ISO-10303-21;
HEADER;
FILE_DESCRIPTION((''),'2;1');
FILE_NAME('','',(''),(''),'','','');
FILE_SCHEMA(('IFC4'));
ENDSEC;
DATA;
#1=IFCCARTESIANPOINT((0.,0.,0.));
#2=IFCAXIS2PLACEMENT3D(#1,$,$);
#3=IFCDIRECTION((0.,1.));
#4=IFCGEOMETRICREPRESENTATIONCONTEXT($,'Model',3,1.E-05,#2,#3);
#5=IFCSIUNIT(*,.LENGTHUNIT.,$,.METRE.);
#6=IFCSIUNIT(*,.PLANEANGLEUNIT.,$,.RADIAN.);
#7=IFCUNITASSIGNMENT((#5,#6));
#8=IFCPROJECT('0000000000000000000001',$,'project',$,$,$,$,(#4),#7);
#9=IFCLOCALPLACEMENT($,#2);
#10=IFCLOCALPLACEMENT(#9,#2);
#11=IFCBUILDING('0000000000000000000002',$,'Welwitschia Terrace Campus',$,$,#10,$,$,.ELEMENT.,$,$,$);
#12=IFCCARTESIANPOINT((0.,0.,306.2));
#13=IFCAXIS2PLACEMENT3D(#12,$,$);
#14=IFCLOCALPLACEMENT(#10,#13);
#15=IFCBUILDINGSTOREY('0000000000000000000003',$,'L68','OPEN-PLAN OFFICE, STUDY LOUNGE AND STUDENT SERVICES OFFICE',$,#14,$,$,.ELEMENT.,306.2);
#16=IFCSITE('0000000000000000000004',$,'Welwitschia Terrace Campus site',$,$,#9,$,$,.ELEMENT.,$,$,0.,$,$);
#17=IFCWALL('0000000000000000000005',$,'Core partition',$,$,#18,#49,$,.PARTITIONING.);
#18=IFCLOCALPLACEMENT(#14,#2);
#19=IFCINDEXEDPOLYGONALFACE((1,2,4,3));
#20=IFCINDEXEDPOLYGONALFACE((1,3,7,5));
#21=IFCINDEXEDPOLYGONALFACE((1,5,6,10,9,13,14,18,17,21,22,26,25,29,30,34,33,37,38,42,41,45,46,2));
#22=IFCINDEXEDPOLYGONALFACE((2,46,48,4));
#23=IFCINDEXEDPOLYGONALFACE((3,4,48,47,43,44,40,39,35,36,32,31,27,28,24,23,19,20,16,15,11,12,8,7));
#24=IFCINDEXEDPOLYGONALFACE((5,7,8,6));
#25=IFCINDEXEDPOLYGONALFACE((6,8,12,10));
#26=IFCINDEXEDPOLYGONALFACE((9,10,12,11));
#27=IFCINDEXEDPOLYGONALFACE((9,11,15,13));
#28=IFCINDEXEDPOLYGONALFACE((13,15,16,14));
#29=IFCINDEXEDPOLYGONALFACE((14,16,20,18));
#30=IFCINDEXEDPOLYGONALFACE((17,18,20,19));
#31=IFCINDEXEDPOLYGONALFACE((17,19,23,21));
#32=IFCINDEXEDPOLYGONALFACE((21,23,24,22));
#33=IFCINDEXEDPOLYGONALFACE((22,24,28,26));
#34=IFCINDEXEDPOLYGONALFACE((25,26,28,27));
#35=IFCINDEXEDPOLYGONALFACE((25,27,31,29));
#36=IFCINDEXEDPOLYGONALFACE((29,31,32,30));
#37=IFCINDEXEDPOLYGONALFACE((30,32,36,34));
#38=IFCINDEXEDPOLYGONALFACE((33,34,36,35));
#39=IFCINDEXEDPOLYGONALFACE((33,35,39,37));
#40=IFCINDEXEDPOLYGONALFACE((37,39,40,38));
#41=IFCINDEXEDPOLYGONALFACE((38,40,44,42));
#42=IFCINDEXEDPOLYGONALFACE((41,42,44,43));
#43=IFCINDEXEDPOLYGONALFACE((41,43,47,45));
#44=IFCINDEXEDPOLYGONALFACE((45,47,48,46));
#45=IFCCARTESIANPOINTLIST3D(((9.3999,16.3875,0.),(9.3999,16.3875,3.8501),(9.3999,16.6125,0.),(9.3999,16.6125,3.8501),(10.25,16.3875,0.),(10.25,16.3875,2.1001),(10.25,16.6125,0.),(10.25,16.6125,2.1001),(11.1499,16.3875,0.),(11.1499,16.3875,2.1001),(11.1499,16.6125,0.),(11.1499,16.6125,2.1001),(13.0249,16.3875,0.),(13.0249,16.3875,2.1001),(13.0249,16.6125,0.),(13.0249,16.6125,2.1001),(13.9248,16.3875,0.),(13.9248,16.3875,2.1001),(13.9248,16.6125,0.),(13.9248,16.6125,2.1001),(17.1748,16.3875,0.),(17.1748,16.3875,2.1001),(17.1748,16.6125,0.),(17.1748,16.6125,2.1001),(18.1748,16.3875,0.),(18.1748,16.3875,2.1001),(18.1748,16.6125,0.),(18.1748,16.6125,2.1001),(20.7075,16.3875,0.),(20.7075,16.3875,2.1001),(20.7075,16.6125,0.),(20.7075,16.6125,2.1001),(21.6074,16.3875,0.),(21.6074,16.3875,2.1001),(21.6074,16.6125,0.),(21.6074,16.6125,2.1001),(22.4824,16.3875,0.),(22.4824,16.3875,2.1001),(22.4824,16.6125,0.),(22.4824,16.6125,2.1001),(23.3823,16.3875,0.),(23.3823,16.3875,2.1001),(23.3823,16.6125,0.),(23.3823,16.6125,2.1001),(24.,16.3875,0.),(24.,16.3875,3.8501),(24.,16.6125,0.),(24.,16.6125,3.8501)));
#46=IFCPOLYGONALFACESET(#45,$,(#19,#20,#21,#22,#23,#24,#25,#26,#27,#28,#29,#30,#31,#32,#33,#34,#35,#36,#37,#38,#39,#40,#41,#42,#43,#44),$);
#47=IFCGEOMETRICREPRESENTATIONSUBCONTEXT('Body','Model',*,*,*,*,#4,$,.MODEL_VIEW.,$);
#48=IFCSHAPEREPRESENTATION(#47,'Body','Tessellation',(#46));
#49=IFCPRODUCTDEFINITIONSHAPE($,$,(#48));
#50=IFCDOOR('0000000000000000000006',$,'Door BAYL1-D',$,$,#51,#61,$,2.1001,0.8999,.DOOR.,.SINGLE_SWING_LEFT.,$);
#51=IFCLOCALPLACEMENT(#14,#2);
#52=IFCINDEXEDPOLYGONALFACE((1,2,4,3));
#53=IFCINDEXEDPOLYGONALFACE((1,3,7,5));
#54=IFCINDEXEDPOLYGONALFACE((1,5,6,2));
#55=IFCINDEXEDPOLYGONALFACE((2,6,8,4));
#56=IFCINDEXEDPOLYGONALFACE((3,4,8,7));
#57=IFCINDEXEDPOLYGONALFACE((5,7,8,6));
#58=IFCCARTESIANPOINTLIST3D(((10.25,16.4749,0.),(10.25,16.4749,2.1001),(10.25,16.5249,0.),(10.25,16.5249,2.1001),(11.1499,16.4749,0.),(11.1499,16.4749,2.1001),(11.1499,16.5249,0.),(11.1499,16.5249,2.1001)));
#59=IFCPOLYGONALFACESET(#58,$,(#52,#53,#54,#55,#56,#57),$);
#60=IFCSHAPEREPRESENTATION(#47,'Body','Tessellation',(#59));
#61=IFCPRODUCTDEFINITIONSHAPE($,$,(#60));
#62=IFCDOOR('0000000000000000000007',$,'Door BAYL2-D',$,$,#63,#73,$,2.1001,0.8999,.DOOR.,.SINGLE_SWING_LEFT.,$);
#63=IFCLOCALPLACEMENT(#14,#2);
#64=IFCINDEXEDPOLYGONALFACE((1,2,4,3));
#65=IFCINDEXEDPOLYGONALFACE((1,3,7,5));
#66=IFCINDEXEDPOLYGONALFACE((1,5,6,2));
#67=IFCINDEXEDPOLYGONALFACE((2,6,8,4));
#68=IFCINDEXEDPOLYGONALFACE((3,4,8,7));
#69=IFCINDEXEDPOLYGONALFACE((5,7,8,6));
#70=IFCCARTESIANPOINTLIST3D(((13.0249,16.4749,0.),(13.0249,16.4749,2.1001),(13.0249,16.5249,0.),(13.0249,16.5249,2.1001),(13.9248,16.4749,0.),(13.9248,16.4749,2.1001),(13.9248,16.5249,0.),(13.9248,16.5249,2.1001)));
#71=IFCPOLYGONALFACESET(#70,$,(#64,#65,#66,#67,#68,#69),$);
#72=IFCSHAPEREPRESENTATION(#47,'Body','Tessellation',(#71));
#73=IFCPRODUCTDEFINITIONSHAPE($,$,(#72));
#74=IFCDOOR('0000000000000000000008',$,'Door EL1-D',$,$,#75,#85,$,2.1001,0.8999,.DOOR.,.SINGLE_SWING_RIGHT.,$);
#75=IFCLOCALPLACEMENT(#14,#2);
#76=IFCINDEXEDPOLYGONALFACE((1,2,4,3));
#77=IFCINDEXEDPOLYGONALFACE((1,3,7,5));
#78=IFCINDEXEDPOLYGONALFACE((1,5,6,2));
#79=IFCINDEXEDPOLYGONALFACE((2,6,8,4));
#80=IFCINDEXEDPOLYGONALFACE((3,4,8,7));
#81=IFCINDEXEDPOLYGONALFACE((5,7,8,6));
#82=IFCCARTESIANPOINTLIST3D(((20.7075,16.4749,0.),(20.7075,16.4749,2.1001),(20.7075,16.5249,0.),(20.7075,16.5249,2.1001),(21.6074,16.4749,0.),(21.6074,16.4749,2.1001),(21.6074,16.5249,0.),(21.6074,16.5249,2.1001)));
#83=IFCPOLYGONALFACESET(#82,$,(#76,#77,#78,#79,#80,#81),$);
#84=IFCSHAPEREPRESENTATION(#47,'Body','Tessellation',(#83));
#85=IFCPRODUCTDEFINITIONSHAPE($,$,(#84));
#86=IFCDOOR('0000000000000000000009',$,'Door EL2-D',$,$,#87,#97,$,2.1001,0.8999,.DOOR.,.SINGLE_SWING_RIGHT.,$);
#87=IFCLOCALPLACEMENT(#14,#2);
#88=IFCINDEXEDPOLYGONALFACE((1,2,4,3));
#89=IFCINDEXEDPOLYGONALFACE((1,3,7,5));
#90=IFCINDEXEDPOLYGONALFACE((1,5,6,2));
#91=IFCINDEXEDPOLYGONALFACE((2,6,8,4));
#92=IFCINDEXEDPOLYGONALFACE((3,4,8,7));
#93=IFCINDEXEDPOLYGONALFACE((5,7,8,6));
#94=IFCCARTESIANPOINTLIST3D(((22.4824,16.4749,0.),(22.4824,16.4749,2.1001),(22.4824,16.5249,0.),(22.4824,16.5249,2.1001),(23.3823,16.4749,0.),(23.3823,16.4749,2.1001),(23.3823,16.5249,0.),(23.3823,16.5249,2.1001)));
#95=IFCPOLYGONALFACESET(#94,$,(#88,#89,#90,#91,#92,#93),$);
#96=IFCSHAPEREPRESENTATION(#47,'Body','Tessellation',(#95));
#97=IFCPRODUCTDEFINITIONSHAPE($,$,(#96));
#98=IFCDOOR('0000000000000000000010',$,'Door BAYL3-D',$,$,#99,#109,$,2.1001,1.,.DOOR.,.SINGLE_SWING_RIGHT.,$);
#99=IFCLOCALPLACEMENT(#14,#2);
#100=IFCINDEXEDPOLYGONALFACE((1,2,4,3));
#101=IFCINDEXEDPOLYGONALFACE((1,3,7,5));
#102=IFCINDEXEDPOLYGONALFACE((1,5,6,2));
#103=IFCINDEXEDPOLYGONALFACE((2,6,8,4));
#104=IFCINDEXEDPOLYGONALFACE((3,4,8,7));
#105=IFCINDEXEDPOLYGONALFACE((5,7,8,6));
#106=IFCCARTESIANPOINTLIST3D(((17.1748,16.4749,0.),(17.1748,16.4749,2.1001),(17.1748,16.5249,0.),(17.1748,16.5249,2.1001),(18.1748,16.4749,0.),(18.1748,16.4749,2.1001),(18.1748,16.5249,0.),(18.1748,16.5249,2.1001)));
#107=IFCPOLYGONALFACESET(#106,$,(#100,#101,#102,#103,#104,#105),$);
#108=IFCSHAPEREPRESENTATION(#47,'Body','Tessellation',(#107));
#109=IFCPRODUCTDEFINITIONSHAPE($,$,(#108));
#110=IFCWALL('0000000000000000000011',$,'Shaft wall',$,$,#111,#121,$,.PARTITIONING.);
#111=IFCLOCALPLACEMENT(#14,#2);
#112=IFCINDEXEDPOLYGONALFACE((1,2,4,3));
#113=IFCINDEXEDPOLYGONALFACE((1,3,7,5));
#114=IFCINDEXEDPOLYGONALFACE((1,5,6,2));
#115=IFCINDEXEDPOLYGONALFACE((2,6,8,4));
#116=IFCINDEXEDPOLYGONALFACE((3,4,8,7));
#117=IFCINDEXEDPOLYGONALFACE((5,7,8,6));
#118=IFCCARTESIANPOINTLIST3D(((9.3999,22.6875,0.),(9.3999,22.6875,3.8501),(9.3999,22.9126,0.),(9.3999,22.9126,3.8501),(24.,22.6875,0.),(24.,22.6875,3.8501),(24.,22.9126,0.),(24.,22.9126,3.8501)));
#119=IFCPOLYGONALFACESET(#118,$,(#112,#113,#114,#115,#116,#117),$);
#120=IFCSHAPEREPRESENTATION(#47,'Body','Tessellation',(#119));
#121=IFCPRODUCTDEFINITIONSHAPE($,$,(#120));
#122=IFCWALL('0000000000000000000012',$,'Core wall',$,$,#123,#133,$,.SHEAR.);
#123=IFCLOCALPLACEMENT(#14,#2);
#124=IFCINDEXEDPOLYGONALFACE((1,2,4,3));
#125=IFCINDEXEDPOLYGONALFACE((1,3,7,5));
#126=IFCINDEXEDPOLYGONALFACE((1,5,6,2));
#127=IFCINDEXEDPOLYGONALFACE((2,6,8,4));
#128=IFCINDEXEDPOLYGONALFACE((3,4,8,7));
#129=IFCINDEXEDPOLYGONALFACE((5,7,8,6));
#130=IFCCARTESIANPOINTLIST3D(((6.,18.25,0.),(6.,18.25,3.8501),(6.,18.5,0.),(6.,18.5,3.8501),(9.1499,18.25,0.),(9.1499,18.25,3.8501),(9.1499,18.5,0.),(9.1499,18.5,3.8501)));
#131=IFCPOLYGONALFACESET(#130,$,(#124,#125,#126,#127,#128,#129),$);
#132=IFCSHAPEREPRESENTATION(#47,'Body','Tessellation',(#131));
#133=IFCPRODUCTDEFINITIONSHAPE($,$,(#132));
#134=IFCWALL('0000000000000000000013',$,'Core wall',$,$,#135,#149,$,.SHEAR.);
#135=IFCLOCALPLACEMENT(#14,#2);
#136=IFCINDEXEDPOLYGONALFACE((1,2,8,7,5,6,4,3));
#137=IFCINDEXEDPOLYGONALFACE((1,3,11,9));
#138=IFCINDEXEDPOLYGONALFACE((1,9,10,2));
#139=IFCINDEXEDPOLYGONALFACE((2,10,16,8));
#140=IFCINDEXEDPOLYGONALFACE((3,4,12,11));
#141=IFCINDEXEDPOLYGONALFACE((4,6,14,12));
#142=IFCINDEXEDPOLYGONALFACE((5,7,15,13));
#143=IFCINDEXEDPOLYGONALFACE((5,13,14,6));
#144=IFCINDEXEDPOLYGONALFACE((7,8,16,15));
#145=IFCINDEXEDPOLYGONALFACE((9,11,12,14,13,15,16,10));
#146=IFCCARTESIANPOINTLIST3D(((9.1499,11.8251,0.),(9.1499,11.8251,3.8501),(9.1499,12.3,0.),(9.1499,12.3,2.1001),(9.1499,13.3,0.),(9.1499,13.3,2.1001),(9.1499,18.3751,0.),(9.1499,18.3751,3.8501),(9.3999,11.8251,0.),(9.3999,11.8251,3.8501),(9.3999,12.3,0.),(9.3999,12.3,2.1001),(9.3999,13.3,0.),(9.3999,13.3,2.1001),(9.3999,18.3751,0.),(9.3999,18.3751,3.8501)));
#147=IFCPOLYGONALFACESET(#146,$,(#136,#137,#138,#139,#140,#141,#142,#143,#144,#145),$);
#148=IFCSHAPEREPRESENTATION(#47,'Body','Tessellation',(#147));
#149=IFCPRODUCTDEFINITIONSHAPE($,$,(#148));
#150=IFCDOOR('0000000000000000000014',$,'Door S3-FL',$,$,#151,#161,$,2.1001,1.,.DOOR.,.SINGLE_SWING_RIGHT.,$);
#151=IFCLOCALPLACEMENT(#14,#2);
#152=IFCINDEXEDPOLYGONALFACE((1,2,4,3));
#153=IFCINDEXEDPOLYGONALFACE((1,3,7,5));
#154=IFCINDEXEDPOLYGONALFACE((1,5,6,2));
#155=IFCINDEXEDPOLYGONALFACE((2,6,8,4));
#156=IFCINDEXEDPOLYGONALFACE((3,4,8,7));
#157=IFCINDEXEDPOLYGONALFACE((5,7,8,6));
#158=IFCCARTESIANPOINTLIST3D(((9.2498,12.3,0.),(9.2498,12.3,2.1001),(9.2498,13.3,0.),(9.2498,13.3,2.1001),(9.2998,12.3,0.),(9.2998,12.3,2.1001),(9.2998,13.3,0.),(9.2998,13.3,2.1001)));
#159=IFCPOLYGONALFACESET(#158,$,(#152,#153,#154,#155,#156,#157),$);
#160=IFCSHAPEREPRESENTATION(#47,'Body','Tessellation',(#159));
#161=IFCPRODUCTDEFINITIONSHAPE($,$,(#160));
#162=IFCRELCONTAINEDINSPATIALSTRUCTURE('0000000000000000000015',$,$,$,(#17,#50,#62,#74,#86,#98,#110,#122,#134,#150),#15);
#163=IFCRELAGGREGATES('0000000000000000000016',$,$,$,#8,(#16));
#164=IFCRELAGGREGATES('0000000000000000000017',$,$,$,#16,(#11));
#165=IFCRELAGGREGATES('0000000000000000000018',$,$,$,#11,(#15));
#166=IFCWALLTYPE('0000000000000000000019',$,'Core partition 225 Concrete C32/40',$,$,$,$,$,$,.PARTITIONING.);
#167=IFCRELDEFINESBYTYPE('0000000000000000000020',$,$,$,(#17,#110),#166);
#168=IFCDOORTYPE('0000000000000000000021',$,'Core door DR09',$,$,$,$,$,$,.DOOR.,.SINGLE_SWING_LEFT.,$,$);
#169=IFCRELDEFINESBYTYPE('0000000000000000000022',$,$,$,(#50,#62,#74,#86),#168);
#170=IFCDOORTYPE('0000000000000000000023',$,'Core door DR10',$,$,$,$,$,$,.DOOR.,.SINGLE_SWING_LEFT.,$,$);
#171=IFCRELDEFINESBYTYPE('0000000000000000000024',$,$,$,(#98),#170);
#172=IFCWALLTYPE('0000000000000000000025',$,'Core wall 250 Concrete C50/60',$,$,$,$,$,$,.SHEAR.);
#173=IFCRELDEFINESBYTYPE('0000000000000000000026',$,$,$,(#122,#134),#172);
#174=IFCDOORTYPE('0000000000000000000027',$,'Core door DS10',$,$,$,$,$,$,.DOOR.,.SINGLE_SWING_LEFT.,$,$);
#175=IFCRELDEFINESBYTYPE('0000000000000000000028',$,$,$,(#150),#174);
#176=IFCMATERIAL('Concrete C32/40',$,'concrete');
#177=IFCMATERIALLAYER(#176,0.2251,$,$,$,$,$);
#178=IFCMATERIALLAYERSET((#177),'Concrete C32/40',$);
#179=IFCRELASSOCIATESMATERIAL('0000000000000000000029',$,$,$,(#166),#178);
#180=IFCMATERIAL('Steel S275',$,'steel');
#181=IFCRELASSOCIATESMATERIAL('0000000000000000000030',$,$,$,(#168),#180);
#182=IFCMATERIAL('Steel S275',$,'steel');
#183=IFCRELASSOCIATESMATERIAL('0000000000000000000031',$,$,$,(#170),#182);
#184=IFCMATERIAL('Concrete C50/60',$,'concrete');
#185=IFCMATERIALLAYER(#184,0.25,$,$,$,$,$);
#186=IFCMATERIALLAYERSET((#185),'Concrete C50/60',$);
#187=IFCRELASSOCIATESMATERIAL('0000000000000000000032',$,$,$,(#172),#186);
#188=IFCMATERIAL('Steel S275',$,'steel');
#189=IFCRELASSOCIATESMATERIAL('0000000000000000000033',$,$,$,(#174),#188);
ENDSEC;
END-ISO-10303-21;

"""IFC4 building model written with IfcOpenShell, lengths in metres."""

from ifc_helpers import new_model, si_unit, direction, frame, frame_2d, origin, place, context, subcontext, project, spatial, rectangle, extrude, material, layer, layer_set, type_object, element, fill, save


model = new_model("IFC4")

# Units and contexts
model_context = context("Model", 3, precision=1e-05, world=origin(), true_north=direction((0.0, 1.0)))
body_context = subcontext(model_context, "Body", "Model", "MODEL_VIEW")
ifc_project = project(units=[si_unit("LENGTHUNIT", "METRE"), si_unit("PLANEANGLEUNIT", "RADIAN")], contexts=[model_context])

# Site, building, storey
site_placement = place(None, origin())
site = spatial("IfcSite", under=ifc_project, at=site_placement, Name="Welwitschia Terrace Campus site", CompositionType="ELEMENT", RefElevation=0.0)
building_placement = place(site_placement, origin())
building = spatial("IfcBuilding", under=site, at=building_placement, Name="Welwitschia Terrace Campus", CompositionType="ELEMENT")
storey_placement = place(building_placement, frame((0.0, 0.0, 306.2)))
storey = spatial("IfcBuildingStorey", under=building, at=storey_placement, Name="L68", Description="OPEN-PLAN OFFICE, STUDY LOUNGE AND STUDENT SERVICES OFFICE", CompositionType="ELEMENT", Elevation=306.2)

# Wall, openings, doors
ifc_material_1 = material(Name="Concrete C32/40", Category="concrete")
ifc_layer_1 = layer(ifc_material_1, 0.2251)
ifc_layer_set_1 = layer_set([ifc_layer_1], Name="Concrete C32/40")
wall_type_1 = type_object("IfcWallType", Name="Core partition 225 Concrete C32/40", PredefinedType="PARTITIONING", material=ifc_layer_set_1)
wall_1_placement = place(storey_placement, frame((9.3999, 16.5, 0.0), z_axis=(0.0, 0.0, 1.0), x_axis=(1.0, 0.0, 0.0)))
wall_1 = element("IfcWall", 1, at=wall_1_placement, inside=storey, type_object=wall_type_1, Name="Core partition", PredefinedType="PARTITIONING", context=body_context, shape_type="SweptSolid", body=[
    extrude(rectangle(XDim=14.6001, YDim=0.2251, at=frame_2d((7.3, 0.0))), origin(), (0.0, 0.0, 1.0), 3.8501),
])
opening_1_placement = place(wall_1_placement, frame((0.8501, 0.0, 0.0)))
opening_1 = element("IfcOpeningElement", 2, at=opening_1_placement, cuts=wall_1, PredefinedType="OPENING", context=body_context, shape_type="SweptSolid", body=[
    extrude(rectangle(XDim=0.8999, YDim=2.1001, at=frame_2d((0.45, 1.05))), frame((0.0, 0.1226, 0.0), z_axis=(0.0, -1.0, 0.0), x_axis=(1.0, 0.0, 0.0)), (0.0, 0.0, 1.0), 0.2451),
])
opening_2_placement = place(wall_1_placement, frame((3.625, 0.0, 0.0)))
opening_2 = element("IfcOpeningElement", 3, at=opening_2_placement, cuts=wall_1, PredefinedType="OPENING", context=body_context, shape_type="SweptSolid", body=[
    extrude(rectangle(XDim=0.8999, YDim=2.1001, at=frame_2d((0.45, 1.05))), frame((0.0, 0.1226, 0.0), z_axis=(0.0, -1.0, 0.0), x_axis=(1.0, 0.0, 0.0)), (0.0, 0.0, 1.0), 0.2451),
])
opening_3_placement = place(wall_1_placement, frame((7.7749, 0.0, 0.0)))
opening_3 = element("IfcOpeningElement", 4, at=opening_3_placement, cuts=wall_1, PredefinedType="OPENING", context=body_context, shape_type="SweptSolid", body=[
    extrude(rectangle(XDim=1.0, YDim=2.1001, at=frame_2d((0.5, 1.05))), frame((0.0, 0.1226, 0.0), z_axis=(0.0, -1.0, 0.0), x_axis=(1.0, 0.0, 0.0)), (0.0, 0.0, 1.0), 0.2451),
])
opening_4_placement = place(wall_1_placement, frame((11.3076, 0.0, 0.0)))
opening_4 = element("IfcOpeningElement", 5, at=opening_4_placement, cuts=wall_1, PredefinedType="OPENING", context=body_context, shape_type="SweptSolid", body=[
    extrude(rectangle(XDim=0.8999, YDim=2.1001, at=frame_2d((0.45, 1.05))), frame((0.0, 0.1226, 0.0), z_axis=(0.0, -1.0, 0.0), x_axis=(1.0, 0.0, 0.0)), (0.0, 0.0, 1.0), 0.2451),
])
opening_5_placement = place(wall_1_placement, frame((13.0825, 0.0, 0.0)))
opening_5 = element("IfcOpeningElement", 6, at=opening_5_placement, cuts=wall_1, PredefinedType="OPENING", context=body_context, shape_type="SweptSolid", body=[
    extrude(rectangle(XDim=0.8999, YDim=2.1001, at=frame_2d((0.45, 1.05))), frame((0.0, 0.1226, 0.0), z_axis=(0.0, -1.0, 0.0), x_axis=(1.0, 0.0, 0.0)), (0.0, 0.0, 1.0), 0.2451),
])
ifc_material_2 = material(Name="Steel S275", Category="steel")
door_type_1 = type_object("IfcDoorType", Name="Core door DR09", OperationType="SINGLE_SWING_LEFT", PredefinedType="DOOR", material=ifc_material_2)
door_1_placement = place(opening_1_placement, origin())
door_1 = element("IfcDoor", 7, at=door_1_placement, inside=storey, type_object=door_type_1, Name="Door BAYL1-D", OperationType="SINGLE_SWING_LEFT", OverallHeight=2.1001, OverallWidth=0.8999, PredefinedType="DOOR", context=body_context, shape_type="SweptSolid", body=[
    extrude(rectangle(XDim=0.8999, YDim=2.1001, at=frame_2d((0.45, 1.05))), frame((0.0, 0.0249, 0.0), z_axis=(0.0, -1.0, 0.0), x_axis=(1.0, 0.0, 0.0)), (0.0, 0.0, 1.0), 0.05),
])
fill(opening_1, door_1)
door_2_placement = place(opening_2_placement, origin())
door_2 = element("IfcDoor", 8, at=door_2_placement, inside=storey, type_object=door_type_1, Name="Door BAYL2-D", OperationType="SINGLE_SWING_LEFT", OverallHeight=2.1001, OverallWidth=0.8999, PredefinedType="DOOR", context=body_context, shape_type="SweptSolid", body=[
    extrude(rectangle(XDim=0.8999, YDim=2.1001, at=frame_2d((0.45, 1.05))), frame((0.0, 0.0249, 0.0), z_axis=(0.0, -1.0, 0.0), x_axis=(1.0, 0.0, 0.0)), (0.0, 0.0, 1.0), 0.05),
])
fill(opening_2, door_2)
door_3_placement = place(opening_4_placement, origin())
door_3 = element("IfcDoor", 9, at=door_3_placement, inside=storey, type_object=door_type_1, Name="Door EL1-D", OperationType="SINGLE_SWING_RIGHT", OverallHeight=2.1001, OverallWidth=0.8999, PredefinedType="DOOR", context=body_context, shape_type="SweptSolid", body=[
    extrude(rectangle(XDim=0.8999, YDim=2.1001, at=frame_2d((0.45, 1.05))), frame((0.0, 0.0249, 0.0), z_axis=(0.0, -1.0, 0.0), x_axis=(1.0, 0.0, 0.0)), (0.0, 0.0, 1.0), 0.05),
])
fill(opening_4, door_3)
door_4_placement = place(opening_5_placement, origin())
door_4 = element("IfcDoor", 10, at=door_4_placement, inside=storey, type_object=door_type_1, Name="Door EL2-D", OperationType="SINGLE_SWING_RIGHT", OverallHeight=2.1001, OverallWidth=0.8999, PredefinedType="DOOR", context=body_context, shape_type="SweptSolid", body=[
    extrude(rectangle(XDim=0.8999, YDim=2.1001, at=frame_2d((0.45, 1.05))), frame((0.0, 0.0249, 0.0), z_axis=(0.0, -1.0, 0.0), x_axis=(1.0, 0.0, 0.0)), (0.0, 0.0, 1.0), 0.05),
])
fill(opening_5, door_4)
ifc_material_3 = material(Name="Steel S275", Category="steel")
door_type_2 = type_object("IfcDoorType", Name="Core door DR10", OperationType="SINGLE_SWING_LEFT", PredefinedType="DOOR", material=ifc_material_3)
door_5_placement = place(opening_3_placement, origin())
door_5 = element("IfcDoor", 11, at=door_5_placement, inside=storey, type_object=door_type_2, Name="Door BAYL3-D", OperationType="SINGLE_SWING_RIGHT", OverallHeight=2.1001, OverallWidth=1.0, PredefinedType="DOOR", context=body_context, shape_type="SweptSolid", body=[
    extrude(rectangle(XDim=1.0, YDim=2.1001, at=frame_2d((0.5, 1.05))), frame((0.0, 0.0249, 0.0), z_axis=(0.0, -1.0, 0.0), x_axis=(1.0, 0.0, 0.0)), (0.0, 0.0, 1.0), 0.05),
])
fill(opening_3, door_5)

# Walls
wall_2_placement = place(storey_placement, frame((9.3999, 22.8, 0.0), z_axis=(0.0, 0.0, 1.0), x_axis=(1.0, 0.0, 0.0)))
element("IfcWall", 12, at=wall_2_placement, inside=storey, type_object=wall_type_1, Name="Shaft wall", PredefinedType="PARTITIONING", context=body_context, shape_type="SweptSolid", body=[
    extrude(rectangle(XDim=14.6001, YDim=0.2251, at=frame_2d((7.3, 0.0))), origin(), (0.0, 0.0, 1.0), 3.8501),
])
ifc_material_4 = material(Name="Concrete C50/60", Category="concrete")
ifc_layer_2 = layer(ifc_material_4, 0.25)
ifc_layer_set_2 = layer_set([ifc_layer_2], Name="Concrete C50/60")
wall_type_2 = type_object("IfcWallType", Name="Core wall 250 Concrete C50/60", PredefinedType="SHEAR", material=ifc_layer_set_2)
wall_3_placement = place(storey_placement, frame((6.0, 18.375, 0.0), z_axis=(0.0, 0.0, 1.0), x_axis=(1.0, 0.0, 0.0)))
element("IfcWall", 13, at=wall_3_placement, inside=storey, type_object=wall_type_2, Name="Core wall", PredefinedType="SHEAR", context=body_context, shape_type="SweptSolid", body=[
    extrude(rectangle(XDim=3.1499, YDim=0.25, at=frame_2d((1.575, 0.0))), origin(), (0.0, 0.0, 1.0), 3.8501),
])

# Wall, opening, door
wall_4_placement = place(storey_placement, frame((9.2749, 18.375, 0.0), z_axis=(0.0, 0.0, 1.0), x_axis=(0.0, -1.0, 0.0)))
wall_4 = element("IfcWall", 14, at=wall_4_placement, inside=storey, type_object=wall_type_2, Name="Core wall", PredefinedType="SHEAR", context=body_context, shape_type="SweptSolid", body=[
    extrude(rectangle(XDim=6.55, YDim=0.25, at=frame_2d((3.2749, 0.0))), origin(), (0.0, 0.0, 1.0), 3.8501),
])
opening_6_placement = place(wall_4_placement, frame((5.075, 0.0, 0.0)))
opening_6 = element("IfcOpeningElement", 15, at=opening_6_placement, cuts=wall_4, PredefinedType="OPENING", context=body_context, shape_type="SweptSolid", body=[
    extrude(rectangle(XDim=1.0, YDim=2.1001, at=frame_2d((0.5, 1.05))), frame((0.0, 0.135, 0.0), z_axis=(0.0, -1.0, 0.0), x_axis=(1.0, 0.0, 0.0)), (0.0, 0.0, 1.0), 0.27),
])
ifc_material_5 = material(Name="Steel S275", Category="steel")
door_type_3 = type_object("IfcDoorType", Name="Core door DS10", OperationType="SINGLE_SWING_LEFT", PredefinedType="DOOR", material=ifc_material_5)
door_6_placement = place(opening_6_placement, origin())
door_6 = element("IfcDoor", 16, at=door_6_placement, inside=storey, type_object=door_type_3, Name="Door S3-FL", OperationType="SINGLE_SWING_RIGHT", OverallHeight=2.1001, OverallWidth=1.0, PredefinedType="DOOR", context=body_context, shape_type="SweptSolid", body=[
    extrude(rectangle(XDim=1.0, YDim=2.1001, at=frame_2d((0.5, 1.05))), frame((0.0, 0.0249, 0.0), z_axis=(0.0, -1.0, 0.0), x_axis=(1.0, 0.0, 0.0)), (0.0, 0.0, 1.0), 0.05),
])
fill(opening_6, door_6)

save(model, "model.ifc")
